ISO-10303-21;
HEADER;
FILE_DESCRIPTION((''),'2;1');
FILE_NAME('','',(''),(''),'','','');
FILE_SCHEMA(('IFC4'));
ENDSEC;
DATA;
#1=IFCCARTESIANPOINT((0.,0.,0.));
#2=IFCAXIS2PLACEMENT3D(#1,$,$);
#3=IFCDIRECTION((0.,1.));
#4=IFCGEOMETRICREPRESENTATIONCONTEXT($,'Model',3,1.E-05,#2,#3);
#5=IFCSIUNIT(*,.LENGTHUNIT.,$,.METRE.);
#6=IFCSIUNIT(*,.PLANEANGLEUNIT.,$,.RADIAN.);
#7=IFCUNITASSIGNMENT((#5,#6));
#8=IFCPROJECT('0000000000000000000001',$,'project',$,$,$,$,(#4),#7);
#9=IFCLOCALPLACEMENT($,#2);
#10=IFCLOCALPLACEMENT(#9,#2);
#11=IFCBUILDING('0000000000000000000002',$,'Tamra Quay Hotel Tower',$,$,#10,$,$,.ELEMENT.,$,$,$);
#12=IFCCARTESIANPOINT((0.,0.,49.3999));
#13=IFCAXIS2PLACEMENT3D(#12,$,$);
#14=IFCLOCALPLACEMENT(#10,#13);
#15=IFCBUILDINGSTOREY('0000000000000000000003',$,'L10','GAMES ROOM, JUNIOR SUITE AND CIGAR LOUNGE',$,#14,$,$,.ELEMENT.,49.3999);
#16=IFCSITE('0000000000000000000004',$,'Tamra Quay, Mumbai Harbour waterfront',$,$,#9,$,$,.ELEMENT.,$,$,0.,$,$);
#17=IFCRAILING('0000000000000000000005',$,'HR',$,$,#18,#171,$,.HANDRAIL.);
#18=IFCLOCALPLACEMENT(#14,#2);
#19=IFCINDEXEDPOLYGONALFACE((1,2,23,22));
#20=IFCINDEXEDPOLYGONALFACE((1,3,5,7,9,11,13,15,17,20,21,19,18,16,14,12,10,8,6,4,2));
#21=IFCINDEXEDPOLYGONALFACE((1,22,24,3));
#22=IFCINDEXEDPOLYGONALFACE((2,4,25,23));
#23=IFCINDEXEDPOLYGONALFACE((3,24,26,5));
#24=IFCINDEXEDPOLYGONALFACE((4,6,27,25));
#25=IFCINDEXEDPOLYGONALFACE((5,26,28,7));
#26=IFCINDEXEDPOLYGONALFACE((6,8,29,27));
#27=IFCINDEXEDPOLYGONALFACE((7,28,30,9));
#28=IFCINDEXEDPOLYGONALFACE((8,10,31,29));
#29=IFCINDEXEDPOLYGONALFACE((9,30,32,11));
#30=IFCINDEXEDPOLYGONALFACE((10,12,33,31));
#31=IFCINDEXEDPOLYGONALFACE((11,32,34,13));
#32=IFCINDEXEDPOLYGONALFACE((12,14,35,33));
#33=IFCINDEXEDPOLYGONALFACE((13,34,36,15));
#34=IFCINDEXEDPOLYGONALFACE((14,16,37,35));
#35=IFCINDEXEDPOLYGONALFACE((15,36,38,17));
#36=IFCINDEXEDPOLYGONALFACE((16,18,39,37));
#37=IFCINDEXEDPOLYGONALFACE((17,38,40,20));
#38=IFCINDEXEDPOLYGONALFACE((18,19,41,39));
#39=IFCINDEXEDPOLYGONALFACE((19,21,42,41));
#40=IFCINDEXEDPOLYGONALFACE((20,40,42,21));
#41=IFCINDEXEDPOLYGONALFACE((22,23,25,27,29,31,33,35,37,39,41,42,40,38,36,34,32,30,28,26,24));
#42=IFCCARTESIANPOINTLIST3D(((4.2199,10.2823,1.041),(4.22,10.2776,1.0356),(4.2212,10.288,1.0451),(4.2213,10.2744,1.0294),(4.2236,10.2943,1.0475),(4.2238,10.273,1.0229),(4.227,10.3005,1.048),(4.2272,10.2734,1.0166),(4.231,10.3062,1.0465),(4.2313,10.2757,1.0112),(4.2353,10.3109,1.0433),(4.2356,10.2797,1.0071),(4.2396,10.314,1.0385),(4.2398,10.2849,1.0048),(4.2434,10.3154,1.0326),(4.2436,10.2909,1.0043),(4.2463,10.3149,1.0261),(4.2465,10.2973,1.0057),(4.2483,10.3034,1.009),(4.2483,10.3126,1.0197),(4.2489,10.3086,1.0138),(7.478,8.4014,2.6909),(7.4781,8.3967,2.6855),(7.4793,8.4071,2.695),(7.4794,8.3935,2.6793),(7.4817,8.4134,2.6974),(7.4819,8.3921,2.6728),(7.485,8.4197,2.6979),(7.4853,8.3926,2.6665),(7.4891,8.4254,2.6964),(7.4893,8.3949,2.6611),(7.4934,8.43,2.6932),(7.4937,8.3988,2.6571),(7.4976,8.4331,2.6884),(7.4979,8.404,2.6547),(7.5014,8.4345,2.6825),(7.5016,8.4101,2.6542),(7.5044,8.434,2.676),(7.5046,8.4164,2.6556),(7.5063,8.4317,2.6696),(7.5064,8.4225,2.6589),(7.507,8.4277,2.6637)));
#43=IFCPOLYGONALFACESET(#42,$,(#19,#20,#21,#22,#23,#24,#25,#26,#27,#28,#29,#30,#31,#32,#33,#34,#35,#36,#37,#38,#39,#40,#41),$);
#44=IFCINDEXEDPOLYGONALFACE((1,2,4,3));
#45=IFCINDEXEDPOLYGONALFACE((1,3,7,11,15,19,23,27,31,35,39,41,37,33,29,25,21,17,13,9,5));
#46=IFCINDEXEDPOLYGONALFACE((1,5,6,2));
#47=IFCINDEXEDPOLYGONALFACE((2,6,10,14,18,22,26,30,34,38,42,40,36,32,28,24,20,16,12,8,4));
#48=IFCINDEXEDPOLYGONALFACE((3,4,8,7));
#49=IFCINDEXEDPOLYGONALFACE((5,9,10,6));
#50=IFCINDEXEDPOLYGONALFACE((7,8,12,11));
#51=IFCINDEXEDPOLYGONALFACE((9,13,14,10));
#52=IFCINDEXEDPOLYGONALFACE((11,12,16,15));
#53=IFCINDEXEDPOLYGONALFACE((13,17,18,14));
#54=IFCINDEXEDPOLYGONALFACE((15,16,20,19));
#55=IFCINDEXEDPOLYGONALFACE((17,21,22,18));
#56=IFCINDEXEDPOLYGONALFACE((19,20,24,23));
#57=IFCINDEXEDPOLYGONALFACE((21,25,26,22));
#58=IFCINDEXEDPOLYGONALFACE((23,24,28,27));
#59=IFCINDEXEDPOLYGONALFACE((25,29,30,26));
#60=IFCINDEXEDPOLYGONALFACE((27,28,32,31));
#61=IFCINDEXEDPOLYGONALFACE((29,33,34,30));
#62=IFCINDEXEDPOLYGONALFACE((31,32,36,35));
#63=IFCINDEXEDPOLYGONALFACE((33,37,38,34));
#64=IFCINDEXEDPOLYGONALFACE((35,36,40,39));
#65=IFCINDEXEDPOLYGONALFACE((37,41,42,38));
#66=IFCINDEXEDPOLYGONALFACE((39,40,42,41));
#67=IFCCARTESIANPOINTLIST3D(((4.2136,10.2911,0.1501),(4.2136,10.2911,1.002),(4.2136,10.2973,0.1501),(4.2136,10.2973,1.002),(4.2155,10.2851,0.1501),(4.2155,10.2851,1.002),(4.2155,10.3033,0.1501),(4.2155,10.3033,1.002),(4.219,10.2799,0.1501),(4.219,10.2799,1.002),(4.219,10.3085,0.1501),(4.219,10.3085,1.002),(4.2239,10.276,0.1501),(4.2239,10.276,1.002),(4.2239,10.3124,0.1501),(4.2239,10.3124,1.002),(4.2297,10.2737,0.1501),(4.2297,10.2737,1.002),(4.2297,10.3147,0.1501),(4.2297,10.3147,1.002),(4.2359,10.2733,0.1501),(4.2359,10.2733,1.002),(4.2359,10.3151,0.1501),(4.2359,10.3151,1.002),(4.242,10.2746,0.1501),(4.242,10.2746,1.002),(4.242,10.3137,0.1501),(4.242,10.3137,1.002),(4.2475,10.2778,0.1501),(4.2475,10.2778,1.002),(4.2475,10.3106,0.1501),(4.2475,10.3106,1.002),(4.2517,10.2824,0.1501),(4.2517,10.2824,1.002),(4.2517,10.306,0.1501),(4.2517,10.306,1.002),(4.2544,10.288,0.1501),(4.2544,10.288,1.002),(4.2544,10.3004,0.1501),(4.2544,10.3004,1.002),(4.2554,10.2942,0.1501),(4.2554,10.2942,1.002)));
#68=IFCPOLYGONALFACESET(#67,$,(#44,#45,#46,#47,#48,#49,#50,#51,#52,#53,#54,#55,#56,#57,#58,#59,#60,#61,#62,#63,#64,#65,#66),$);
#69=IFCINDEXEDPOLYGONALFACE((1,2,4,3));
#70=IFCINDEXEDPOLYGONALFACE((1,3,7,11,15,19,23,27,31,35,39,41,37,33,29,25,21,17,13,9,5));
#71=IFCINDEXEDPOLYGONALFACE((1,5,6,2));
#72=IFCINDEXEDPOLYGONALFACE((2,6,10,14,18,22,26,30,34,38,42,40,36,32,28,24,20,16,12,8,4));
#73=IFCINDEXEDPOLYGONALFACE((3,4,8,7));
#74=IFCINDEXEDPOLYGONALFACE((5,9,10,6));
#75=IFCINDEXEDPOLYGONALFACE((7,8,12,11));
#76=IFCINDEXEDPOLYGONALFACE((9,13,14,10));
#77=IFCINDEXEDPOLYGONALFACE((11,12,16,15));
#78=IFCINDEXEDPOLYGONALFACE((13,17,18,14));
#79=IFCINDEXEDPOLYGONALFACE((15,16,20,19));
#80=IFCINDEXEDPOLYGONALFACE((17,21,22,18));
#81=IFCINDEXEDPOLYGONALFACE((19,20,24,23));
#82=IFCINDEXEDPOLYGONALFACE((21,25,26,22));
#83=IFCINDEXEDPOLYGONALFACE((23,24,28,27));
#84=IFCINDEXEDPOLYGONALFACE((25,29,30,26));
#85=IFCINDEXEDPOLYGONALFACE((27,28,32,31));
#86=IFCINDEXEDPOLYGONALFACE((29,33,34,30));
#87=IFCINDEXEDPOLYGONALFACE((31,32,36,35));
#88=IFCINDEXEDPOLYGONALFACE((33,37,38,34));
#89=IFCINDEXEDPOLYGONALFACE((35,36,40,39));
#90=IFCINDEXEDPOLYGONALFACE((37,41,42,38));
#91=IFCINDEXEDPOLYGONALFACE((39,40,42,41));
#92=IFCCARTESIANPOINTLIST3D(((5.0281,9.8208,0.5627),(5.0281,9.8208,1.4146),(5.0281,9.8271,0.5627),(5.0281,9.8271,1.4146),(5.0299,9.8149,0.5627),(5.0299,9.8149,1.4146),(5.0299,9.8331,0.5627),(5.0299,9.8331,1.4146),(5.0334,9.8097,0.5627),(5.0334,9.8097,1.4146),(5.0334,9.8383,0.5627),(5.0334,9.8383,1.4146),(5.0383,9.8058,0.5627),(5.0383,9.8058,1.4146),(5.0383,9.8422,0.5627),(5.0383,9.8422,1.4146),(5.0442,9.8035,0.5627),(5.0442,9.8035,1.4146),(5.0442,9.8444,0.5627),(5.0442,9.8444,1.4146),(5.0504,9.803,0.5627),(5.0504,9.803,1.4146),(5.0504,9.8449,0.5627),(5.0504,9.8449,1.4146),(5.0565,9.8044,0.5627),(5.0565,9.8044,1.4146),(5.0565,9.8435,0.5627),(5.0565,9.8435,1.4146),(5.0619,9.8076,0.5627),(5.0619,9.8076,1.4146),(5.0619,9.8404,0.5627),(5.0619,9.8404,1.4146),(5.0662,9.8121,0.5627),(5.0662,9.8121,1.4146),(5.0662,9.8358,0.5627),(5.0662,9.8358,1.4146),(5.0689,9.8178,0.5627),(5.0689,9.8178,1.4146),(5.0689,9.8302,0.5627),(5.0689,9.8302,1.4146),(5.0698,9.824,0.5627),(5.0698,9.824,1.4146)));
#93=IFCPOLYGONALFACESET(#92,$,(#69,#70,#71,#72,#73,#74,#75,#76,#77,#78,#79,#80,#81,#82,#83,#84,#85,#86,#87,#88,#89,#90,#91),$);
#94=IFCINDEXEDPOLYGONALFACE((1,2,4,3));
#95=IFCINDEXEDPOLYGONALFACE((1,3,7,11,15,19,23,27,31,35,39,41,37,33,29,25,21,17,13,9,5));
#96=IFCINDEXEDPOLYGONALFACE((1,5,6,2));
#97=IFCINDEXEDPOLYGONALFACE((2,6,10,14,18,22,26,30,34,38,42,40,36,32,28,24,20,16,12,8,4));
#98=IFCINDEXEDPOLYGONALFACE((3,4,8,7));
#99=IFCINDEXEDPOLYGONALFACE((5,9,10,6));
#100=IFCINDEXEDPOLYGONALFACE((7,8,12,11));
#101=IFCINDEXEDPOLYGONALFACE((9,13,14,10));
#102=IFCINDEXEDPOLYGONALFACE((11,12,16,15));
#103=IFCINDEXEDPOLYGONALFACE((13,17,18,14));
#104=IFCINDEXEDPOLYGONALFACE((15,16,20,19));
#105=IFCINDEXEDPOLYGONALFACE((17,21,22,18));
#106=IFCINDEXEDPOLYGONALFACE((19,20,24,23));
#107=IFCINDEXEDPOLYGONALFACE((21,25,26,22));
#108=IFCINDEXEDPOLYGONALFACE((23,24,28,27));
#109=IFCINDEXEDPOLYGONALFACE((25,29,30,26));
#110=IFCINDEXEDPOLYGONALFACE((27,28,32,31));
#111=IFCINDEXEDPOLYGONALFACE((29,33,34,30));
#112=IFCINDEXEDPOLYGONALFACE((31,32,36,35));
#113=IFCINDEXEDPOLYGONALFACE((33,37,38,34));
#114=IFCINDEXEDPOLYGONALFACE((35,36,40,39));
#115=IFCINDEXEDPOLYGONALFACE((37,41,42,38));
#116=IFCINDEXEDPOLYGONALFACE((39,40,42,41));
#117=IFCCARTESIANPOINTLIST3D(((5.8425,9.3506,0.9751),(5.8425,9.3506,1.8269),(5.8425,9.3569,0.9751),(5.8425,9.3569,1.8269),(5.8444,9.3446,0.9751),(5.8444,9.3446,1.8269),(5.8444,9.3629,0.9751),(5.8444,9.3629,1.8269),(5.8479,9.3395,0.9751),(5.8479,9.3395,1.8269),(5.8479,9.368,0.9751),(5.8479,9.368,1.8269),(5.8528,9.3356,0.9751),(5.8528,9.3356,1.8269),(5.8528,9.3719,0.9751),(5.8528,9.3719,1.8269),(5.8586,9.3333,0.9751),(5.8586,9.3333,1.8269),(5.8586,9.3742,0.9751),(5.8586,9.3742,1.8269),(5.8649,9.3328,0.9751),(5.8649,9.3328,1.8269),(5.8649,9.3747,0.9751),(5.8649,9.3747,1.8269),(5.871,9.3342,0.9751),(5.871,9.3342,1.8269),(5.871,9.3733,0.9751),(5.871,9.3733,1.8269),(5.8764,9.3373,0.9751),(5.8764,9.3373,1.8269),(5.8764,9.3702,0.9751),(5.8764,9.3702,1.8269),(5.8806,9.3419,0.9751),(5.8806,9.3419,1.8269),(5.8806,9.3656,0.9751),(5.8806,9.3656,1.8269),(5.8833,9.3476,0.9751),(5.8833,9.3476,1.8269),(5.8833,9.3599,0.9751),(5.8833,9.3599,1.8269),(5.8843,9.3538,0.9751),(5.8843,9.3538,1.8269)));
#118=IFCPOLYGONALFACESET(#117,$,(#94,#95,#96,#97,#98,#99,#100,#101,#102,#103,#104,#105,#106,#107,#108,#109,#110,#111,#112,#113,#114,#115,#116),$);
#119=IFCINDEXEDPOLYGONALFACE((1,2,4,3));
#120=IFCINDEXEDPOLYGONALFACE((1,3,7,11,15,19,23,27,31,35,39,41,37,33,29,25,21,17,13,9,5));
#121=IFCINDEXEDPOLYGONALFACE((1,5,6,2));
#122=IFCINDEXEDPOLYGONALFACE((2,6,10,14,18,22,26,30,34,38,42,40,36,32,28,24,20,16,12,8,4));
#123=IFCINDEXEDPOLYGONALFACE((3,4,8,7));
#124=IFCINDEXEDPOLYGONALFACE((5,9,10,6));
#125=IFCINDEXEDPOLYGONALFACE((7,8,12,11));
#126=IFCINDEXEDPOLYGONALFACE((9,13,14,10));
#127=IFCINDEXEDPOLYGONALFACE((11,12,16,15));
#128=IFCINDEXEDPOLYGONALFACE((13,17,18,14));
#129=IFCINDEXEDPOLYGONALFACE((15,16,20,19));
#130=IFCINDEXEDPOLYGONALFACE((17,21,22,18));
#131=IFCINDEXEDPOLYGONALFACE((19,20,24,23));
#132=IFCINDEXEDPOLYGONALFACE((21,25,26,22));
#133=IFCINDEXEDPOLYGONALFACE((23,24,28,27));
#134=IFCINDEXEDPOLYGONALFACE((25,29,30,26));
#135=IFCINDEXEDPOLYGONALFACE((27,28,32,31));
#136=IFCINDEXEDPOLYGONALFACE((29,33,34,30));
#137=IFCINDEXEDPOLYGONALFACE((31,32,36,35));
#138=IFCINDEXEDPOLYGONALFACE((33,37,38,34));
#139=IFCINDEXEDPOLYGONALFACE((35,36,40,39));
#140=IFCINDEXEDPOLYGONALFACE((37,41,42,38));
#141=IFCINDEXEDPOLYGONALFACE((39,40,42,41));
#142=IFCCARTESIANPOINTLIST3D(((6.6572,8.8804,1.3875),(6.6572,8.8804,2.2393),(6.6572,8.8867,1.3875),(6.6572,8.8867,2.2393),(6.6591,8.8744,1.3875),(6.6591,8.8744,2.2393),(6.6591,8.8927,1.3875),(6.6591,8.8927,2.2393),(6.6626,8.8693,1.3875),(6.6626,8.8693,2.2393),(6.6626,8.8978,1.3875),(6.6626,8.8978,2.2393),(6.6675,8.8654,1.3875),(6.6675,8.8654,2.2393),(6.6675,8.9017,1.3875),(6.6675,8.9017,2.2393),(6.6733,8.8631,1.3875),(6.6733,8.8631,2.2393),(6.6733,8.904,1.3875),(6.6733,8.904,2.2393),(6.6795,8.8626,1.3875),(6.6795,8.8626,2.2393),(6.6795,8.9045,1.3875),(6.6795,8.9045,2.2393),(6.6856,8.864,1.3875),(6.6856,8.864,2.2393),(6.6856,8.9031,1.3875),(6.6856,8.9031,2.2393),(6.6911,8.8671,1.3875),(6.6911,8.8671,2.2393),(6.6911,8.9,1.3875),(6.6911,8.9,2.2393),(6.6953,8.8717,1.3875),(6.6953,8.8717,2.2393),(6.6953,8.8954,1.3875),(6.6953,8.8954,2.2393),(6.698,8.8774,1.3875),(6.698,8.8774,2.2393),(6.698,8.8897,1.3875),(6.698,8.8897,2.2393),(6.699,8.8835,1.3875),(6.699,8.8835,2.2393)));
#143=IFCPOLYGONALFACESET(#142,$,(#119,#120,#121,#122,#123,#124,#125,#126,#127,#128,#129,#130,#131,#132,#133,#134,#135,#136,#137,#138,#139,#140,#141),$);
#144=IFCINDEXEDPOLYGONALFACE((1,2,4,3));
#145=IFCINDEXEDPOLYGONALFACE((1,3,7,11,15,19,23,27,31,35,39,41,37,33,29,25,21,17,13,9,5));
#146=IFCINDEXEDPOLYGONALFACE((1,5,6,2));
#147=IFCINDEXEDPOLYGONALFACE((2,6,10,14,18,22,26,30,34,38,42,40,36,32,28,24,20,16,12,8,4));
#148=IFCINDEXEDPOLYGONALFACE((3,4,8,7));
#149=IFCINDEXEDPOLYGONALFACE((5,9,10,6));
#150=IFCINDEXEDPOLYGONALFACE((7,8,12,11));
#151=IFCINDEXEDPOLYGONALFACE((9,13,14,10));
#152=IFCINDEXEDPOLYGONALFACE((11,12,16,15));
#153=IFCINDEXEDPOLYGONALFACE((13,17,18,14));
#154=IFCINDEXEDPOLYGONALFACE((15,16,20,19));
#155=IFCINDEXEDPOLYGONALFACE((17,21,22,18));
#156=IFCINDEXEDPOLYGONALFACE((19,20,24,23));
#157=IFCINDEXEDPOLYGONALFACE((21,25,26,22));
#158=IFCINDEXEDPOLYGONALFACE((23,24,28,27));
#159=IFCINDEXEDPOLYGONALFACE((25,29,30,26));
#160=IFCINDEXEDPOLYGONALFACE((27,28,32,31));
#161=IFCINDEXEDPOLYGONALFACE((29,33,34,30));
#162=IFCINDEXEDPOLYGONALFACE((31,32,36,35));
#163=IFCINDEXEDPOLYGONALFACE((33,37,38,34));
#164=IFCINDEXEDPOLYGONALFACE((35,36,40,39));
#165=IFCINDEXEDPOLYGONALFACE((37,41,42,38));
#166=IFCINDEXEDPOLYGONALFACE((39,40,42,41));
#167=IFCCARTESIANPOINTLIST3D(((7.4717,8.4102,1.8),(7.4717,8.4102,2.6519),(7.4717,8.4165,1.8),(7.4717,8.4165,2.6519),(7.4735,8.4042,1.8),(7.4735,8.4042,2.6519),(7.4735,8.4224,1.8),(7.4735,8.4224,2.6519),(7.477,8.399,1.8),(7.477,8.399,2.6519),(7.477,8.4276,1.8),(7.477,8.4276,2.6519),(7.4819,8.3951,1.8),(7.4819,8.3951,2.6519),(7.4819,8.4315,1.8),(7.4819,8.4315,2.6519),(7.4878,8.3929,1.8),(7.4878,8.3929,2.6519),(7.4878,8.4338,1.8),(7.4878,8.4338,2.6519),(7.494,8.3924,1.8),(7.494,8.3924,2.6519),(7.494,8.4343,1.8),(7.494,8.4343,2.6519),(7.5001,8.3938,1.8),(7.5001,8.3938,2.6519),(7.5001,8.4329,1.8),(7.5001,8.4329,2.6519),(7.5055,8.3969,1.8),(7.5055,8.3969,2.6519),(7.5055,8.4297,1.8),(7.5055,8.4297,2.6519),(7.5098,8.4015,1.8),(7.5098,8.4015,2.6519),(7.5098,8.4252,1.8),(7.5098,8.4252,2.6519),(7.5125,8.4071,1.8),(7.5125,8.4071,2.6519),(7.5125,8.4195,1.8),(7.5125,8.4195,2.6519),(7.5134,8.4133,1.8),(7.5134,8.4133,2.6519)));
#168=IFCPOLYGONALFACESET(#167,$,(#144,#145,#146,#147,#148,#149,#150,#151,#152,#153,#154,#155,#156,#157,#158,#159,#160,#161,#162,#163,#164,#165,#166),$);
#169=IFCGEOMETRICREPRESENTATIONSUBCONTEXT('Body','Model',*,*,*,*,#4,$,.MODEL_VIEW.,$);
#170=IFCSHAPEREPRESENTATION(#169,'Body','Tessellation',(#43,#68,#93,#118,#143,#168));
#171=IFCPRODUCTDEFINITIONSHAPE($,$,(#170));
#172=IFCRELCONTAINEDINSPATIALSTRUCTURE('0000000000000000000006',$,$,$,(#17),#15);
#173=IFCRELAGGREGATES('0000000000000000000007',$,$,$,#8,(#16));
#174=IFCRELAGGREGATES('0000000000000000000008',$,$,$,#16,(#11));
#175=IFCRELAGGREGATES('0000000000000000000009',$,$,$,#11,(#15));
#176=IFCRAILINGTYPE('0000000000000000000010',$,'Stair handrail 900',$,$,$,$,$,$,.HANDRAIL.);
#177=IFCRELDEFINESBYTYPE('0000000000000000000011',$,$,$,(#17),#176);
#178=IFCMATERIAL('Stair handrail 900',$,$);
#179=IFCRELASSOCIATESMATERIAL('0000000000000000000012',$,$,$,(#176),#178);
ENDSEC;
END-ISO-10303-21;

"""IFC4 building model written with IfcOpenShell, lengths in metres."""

from ifc_helpers import new_model, si_unit, direction, frame, origin, origin_2d, place, context, subcontext, project, spatial, circle, extrude, material, type_object, element, save


model = new_model("IFC4")

# Units and contexts
model_context = context("Model", 3, precision=1e-05, world=origin(), true_north=direction((0.0, 1.0)))
body_context = subcontext(model_context, "Body", "Model", "MODEL_VIEW")
ifc_project = project(units=[si_unit("LENGTHUNIT", "METRE"), si_unit("PLANEANGLEUNIT", "RADIAN")], contexts=[model_context])

# Site, building, storey
site_placement = place(None, origin())
site = spatial("IfcSite", under=ifc_project, at=site_placement, Name="Tamra Quay, Mumbai Harbour waterfront", CompositionType="ELEMENT", RefElevation=0.0)
building_placement = place(site_placement, origin())
building = spatial("IfcBuilding", under=site, at=building_placement, Name="Tamra Quay Hotel Tower", CompositionType="ELEMENT")
storey_placement = place(building_placement, frame((0.0, 0.0, 49.3999)))
storey = spatial("IfcBuildingStorey", under=building, at=storey_placement, Name="L10", Description="GAMES ROOM, JUNIOR SUITE AND CIGAR LOUNGE", CompositionType="ELEMENT", Elevation=49.3999)

# Railing
ifc_material_1 = material(Name="Stair handrail 900")
railing_type = type_object("IfcRailingType", Name="Stair handrail 900", PredefinedType="HANDRAIL", material=ifc_material_1)
railing_1_placement = place(storey_placement, frame((4.2344, 10.2942, 0.1501)))
element("IfcRailing", 1, at=railing_1_placement, inside=storey, type_object=railing_type, Name="HR", PredefinedType="HANDRAIL", context=body_context, shape_type="SweptSolid", body=[
    extrude(circle(Radius=0.0239, at=origin_2d()), frame((0.0, 0.0, 0.876), z_axis=(0.793122, -0.457865, 0.401642), x_axis=(0.499964, 0.866046, 0.0)), (0.0, 0.0, 1.0), 4.1079),
    extrude(circle(Radius=0.021, at=origin_2d()), origin(), (0.0, 0.0, 1.0), 0.8518),
    extrude(circle(Radius=0.021, at=origin_2d()), frame((0.8145, -0.4702, 0.4126)), (0.0, 0.0, 1.0), 0.8518),
    extrude(circle(Radius=0.021, at=origin_2d()), frame((1.6289, -0.9404, 0.825)), (0.0, 0.0, 1.0), 0.8518),
    extrude(circle(Radius=0.021, at=origin_2d()), frame((2.4436, -1.4106, 1.2373)), (0.0, 0.0, 1.0), 0.8518),
    extrude(circle(Radius=0.021, at=origin_2d()), frame((3.2581, -1.8809, 1.6499)), (0.0, 0.0, 1.0), 0.8518),
])

save(model, "model.ifc")
